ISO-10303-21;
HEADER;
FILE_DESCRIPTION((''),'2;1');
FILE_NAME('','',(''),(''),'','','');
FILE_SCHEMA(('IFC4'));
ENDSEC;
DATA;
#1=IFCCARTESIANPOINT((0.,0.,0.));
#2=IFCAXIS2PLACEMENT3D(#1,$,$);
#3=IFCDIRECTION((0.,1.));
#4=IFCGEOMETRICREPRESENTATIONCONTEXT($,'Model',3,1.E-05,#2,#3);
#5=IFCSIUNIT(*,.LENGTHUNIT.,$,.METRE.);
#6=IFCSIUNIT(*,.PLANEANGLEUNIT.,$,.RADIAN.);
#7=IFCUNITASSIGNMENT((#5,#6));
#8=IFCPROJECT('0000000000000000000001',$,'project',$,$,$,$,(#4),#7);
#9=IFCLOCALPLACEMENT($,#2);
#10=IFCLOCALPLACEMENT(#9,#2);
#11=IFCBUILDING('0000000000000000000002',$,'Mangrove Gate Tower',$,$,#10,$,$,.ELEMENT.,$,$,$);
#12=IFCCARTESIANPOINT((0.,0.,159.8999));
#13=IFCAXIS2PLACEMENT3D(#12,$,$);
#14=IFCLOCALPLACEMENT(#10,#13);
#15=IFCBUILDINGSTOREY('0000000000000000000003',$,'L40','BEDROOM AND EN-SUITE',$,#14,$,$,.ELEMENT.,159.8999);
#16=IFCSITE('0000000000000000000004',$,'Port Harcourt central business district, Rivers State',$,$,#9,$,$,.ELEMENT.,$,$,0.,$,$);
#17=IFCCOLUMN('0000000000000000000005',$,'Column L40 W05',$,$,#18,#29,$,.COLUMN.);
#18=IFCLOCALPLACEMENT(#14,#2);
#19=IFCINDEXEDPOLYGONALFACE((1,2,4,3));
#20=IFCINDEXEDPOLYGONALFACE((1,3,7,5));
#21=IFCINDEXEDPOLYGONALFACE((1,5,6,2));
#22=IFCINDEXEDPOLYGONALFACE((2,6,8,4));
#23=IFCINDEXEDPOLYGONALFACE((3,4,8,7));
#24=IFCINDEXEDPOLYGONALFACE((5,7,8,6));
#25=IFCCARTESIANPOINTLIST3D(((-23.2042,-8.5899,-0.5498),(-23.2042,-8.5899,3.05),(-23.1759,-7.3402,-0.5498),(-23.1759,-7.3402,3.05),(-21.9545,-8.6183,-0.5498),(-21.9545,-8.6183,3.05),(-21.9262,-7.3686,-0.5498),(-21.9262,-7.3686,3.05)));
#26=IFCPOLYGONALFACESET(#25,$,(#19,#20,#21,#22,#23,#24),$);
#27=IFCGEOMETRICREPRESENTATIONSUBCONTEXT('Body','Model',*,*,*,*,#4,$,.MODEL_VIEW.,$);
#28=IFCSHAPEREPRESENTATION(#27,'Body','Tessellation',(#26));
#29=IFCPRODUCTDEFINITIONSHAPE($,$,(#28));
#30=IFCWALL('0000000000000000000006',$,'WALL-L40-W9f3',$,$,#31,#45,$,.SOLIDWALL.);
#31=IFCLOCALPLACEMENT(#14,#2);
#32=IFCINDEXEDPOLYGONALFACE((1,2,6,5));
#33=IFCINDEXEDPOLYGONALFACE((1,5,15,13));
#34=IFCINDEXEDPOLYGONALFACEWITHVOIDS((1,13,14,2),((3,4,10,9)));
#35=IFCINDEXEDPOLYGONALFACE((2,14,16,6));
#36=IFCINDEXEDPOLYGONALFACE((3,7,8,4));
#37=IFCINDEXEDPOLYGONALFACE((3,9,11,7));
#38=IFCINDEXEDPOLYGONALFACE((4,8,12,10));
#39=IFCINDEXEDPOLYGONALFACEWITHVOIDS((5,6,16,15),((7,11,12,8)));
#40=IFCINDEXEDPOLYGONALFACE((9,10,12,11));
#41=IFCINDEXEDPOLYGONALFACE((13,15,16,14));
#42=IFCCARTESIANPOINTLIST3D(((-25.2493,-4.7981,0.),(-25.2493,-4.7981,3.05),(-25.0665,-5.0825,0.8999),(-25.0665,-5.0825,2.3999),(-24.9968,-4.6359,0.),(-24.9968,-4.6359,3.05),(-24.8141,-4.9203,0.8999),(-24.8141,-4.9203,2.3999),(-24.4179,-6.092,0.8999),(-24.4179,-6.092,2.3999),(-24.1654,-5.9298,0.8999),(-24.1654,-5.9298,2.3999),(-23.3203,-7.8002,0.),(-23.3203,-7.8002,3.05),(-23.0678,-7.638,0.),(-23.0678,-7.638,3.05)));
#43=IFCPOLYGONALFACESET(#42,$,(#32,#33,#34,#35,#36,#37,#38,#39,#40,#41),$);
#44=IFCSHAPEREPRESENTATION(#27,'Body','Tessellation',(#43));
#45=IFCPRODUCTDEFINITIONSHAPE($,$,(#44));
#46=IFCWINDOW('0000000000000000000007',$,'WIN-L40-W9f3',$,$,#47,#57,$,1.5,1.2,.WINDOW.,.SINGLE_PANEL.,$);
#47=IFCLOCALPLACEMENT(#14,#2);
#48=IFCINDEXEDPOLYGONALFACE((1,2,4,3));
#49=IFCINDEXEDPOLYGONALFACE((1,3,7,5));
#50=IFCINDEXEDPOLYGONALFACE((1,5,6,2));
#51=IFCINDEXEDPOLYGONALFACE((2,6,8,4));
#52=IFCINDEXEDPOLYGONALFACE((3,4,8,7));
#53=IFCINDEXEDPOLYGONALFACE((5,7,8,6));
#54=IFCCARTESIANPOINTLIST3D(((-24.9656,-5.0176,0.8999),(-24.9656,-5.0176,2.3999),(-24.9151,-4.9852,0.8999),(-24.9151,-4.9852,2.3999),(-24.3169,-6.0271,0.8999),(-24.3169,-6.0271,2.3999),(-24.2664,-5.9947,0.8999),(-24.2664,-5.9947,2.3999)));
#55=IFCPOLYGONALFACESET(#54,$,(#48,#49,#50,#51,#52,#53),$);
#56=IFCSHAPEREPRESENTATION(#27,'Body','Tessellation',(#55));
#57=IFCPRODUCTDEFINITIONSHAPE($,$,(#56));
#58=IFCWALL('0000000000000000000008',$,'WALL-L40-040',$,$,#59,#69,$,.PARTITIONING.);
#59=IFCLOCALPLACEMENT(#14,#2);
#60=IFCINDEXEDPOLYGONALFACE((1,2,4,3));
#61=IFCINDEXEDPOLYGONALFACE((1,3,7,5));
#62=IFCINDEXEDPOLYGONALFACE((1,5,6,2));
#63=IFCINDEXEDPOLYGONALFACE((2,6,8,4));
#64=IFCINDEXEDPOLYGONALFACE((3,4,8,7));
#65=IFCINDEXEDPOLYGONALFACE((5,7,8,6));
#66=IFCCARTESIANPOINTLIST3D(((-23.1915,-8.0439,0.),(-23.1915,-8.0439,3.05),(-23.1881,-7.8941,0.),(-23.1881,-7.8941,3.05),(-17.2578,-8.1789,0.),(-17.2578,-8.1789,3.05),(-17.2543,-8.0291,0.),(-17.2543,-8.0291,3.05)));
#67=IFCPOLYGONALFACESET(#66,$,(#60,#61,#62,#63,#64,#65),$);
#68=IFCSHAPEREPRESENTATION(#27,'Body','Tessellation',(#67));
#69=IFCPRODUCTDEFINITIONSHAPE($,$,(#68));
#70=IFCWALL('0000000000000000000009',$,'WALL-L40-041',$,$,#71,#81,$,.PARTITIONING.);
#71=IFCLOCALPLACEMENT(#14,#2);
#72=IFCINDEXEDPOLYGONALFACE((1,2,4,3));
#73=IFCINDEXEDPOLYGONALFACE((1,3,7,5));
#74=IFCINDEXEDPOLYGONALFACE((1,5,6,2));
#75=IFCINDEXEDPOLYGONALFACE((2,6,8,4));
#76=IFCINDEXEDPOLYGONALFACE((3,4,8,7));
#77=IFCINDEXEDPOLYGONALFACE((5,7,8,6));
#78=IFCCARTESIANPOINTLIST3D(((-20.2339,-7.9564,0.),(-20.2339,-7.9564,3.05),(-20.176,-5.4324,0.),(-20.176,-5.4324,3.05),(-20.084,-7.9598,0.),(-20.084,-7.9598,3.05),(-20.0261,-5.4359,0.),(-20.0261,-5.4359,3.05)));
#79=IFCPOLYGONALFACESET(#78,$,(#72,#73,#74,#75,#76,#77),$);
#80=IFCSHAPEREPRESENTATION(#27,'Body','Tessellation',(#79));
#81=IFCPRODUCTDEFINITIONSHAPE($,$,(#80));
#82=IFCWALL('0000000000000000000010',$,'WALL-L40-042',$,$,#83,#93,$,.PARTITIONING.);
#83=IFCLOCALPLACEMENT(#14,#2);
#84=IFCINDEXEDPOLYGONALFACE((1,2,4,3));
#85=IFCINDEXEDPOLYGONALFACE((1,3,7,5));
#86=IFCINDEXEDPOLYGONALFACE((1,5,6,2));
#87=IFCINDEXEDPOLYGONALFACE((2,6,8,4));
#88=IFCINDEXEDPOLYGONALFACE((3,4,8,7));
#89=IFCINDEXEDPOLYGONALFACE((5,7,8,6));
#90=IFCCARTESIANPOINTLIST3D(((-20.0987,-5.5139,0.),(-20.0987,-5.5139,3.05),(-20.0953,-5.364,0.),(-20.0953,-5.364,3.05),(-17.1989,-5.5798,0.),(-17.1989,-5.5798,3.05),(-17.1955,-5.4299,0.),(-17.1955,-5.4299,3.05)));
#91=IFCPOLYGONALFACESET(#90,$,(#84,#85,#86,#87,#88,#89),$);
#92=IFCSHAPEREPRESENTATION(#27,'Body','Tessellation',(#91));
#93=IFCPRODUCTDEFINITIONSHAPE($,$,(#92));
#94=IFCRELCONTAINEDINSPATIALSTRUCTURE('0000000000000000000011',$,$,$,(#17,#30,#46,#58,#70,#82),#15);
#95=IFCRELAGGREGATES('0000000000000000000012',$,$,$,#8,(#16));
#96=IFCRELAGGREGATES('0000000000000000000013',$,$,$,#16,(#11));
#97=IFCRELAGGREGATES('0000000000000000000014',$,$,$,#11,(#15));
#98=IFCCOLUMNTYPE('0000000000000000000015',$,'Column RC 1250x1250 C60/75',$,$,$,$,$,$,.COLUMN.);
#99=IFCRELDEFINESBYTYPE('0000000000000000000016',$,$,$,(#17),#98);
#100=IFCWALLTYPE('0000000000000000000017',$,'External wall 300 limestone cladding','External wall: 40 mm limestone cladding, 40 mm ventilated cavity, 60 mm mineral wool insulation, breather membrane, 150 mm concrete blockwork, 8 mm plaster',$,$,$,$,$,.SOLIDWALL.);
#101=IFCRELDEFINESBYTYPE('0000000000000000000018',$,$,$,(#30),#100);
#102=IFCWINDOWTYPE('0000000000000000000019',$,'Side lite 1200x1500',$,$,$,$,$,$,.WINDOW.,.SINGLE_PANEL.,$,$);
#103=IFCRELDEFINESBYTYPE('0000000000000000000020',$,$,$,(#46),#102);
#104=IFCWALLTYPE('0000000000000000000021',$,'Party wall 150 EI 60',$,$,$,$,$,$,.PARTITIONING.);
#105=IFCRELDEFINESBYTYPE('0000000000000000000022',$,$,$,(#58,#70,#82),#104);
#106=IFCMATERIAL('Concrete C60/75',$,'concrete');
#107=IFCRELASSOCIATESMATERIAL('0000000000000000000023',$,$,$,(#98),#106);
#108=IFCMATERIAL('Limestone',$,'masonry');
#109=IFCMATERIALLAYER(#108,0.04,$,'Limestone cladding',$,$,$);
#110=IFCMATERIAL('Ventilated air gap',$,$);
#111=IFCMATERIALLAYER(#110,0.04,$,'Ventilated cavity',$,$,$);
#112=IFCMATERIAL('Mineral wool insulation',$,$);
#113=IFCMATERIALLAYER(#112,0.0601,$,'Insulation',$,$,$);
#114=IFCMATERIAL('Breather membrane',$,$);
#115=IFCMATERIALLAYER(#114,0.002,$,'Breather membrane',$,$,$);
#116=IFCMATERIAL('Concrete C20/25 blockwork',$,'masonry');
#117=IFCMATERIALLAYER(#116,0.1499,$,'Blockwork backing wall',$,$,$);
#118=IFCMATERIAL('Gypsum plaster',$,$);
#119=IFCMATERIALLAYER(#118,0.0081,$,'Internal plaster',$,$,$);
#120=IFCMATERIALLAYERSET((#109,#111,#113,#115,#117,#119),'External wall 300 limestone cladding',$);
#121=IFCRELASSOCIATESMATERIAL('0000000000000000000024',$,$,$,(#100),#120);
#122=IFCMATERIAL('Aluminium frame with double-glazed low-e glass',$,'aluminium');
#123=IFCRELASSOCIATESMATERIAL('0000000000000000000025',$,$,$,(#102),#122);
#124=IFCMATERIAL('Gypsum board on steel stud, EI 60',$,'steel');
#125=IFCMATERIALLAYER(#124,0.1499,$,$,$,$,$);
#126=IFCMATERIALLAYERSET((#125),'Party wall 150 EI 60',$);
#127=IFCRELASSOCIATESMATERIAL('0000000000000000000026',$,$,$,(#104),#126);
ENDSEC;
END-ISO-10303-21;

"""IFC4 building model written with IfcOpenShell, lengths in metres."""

from ifc_helpers import new_model, si_unit, direction, frame, frame_2d, origin, origin_2d, place, context, subcontext, project, spatial, rectangle, extrude, material, layer, layer_set, material_profile, profile_set, type_object, element, fill, save


model = new_model("IFC4")

# Units and contexts
model_context = context("Model", 3, precision=1e-05, world=origin(), true_north=direction((0.0, 1.0)))
body_context = subcontext(model_context, "Body", "Model", "MODEL_VIEW")
ifc_project = project(units=[si_unit("LENGTHUNIT", "METRE"), si_unit("PLANEANGLEUNIT", "RADIAN")], contexts=[model_context])

# Site, building, storey
site_placement = place(None, origin())
site = spatial("IfcSite", under=ifc_project, at=site_placement, Name="Port Harcourt central business district, Rivers State", CompositionType="ELEMENT", RefElevation=0.0)
building_placement = place(site_placement, origin())
building = spatial("IfcBuilding", under=site, at=building_placement, Name="Mangrove Gate Tower", CompositionType="ELEMENT")
storey_placement = place(building_placement, frame((0.0, 0.0, 159.8999)))
storey = spatial("IfcBuildingStorey", under=building, at=storey_placement, Name="L40", Description="BEDROOM AND EN-SUITE", CompositionType="ELEMENT", Elevation=159.8999)

# Column
ifc_material_1 = material(Name="Concrete C60/75", Category="concrete")
ifc_material_profile = material_profile(ifc_material_1, rectangle(XDim=1.25, YDim=1.25, at=origin_2d()))
ifc_profile_set = profile_set([ifc_material_profile], Name="Concrete C60/75")
column_type = type_object("IfcColumnType", Name="Column RC 1250x1250 C60/75", PredefinedType="COLUMN", material=ifc_profile_set)
column_placement = place(storey_placement, frame((-22.5652, -7.9792, -0.5498), z_axis=(0.0, 0.0, 1.0), x_axis=(-0.022668, -0.999743, 0.0)))
element("IfcColumn", 1, at=column_placement, inside=storey, type_object=column_type, Name="Column L40 W05", PredefinedType="COLUMN", context=body_context, shape_type="SweptSolid", body=[
    extrude(rectangle(XDim=1.25, YDim=1.25, at=origin_2d()), origin(), (0.0, 0.0, 1.0), 3.5999),
])

# Wall, opening, window
ifc_material_2 = material(Name="Limestone", Category="masonry")
ifc_layer_1 = layer(ifc_material_2, 0.04, Name="Limestone cladding")
ifc_material_3 = material(Name="Ventilated air gap")
ifc_layer_2 = layer(ifc_material_3, 0.04, Name="Ventilated cavity")
ifc_material_4 = material(Name="Mineral wool insulation")
ifc_layer_3 = layer(ifc_material_4, 0.0601, Name="Insulation")
ifc_material_5 = material(Name="Breather membrane")
ifc_layer_4 = layer(ifc_material_5, 0.002, Name="Breather membrane")
ifc_material_6 = material(Name="Concrete C20/25 blockwork", Category="masonry")
ifc_layer_5 = layer(ifc_material_6, 0.1499, Name="Blockwork backing wall")
ifc_material_7 = material(Name="Gypsum plaster")
ifc_layer_6 = layer(ifc_material_7, 0.0081, Name="Internal plaster")
ifc_layer_set_1 = layer_set([ifc_layer_1, ifc_layer_2, ifc_layer_3, ifc_layer_4, ifc_layer_5, ifc_layer_6], Name="External wall 300 limestone cladding")
wall_type_1 = type_object("IfcWallType", Name="External wall 300 limestone cladding", Description="External wall: 40 mm limestone cladding, 40 mm ventilated cavity, 60 mm mineral wool insulation, breather membrane, 150 mm concrete blockwork, 8 mm plaster", PredefinedType="SOLIDWALL", material=ifc_layer_set_1)
wall_1_placement = place(storey_placement, frame((-25.123, -4.717, 0.0), z_axis=(0.0, 0.0, 1.0), x_axis=(0.540585, -0.84129, 0.0)))
wall_1 = element("IfcWall", 2, at=wall_1_placement, inside=storey, type_object=wall_type_1, Name="WALL-L40-W9f3", PredefinedType="SOLIDWALL", context=body_context, shape_type="SweptSolid", body=[
    extrude(rectangle(XDim=3.5684, YDim=0.3, at=frame_2d((1.7842, 0.0))), origin(), (0.0, 0.0, 1.0), 3.05),
])
opening_1_placement = place(wall_1_placement, frame((0.3379, 0.0, 0.8999)))
opening_1 = element("IfcOpeningElement", 3, at=opening_1_placement, cuts=wall_1, PredefinedType="OPENING", context=body_context, shape_type="SweptSolid", body=[
    extrude(rectangle(XDim=1.2, YDim=1.5, at=frame_2d((0.6001, 0.75))), frame((0.0, 0.1599, 0.0), z_axis=(0.0, -1.0, 0.0), x_axis=(1.0, 0.0, 0.0)), (0.0, 0.0, 1.0), 0.3201),
])
ifc_material_8 = material(Name="Aluminium frame with double-glazed low-e glass", Category="aluminium")
window_type = type_object("IfcWindowType", Name="Side lite 1200x1500", PartitioningType="SINGLE_PANEL", PredefinedType="WINDOW", material=ifc_material_8)
window_1_placement = place(opening_1_placement, origin())
window_1 = element("IfcWindow", 4, at=window_1_placement, inside=storey, type_object=window_type, Name="WIN-L40-W9f3", OverallHeight=1.5, OverallWidth=1.2, PartitioningType="SINGLE_PANEL", PredefinedType="WINDOW", context=body_context, shape_type="SweptSolid", body=[
    extrude(rectangle(XDim=1.2, YDim=1.5, at=frame_2d((0.6001, 0.75))), frame((0.0, 0.03, 0.0), z_axis=(0.0, -1.0, 0.0), x_axis=(1.0, 0.0, 0.0)), (0.0, 0.0, 1.0), 0.0601),
])
fill(opening_1, window_1)

# Walls
ifc_material_9 = material(Name="Gypsum board on steel stud, EI 60", Category="steel")
ifc_layer_7 = layer(ifc_material_9, 0.1499)
ifc_layer_set_2 = layer_set([ifc_layer_7], Name="Party wall 150 EI 60")
wall_type_2 = type_object("IfcWallType", Name="Party wall 150 EI 60", PredefinedType="PARTITIONING", material=ifc_layer_set_2)
wall_2_placement = place(storey_placement, frame((-23.1899, -7.969, 0.0), z_axis=(0.0, 0.0, 1.0), x_axis=(0.999741, -0.022747, 0.0)))
element("IfcWall", 5, at=wall_2_placement, inside=storey, type_object=wall_type_2, Name="WALL-L40-040", PredefinedType="PARTITIONING", context=body_context, shape_type="SweptSolid", body=[
    extrude(rectangle(XDim=5.9353, YDim=0.1499, at=frame_2d((2.9678, 0.0))), origin(), (0.0, 0.0, 1.0), 3.05),
])
wall_3_placement = place(storey_placement, frame((-20.1589, -7.958, 0.0), z_axis=(0.0, 0.0, 1.0), x_axis=(0.022919, 0.999737, 0.0)))
element("IfcWall", 6, at=wall_3_placement, inside=storey, type_object=wall_type_2, Name="WALL-L40-041", PredefinedType="PARTITIONING", context=body_context, shape_type="SweptSolid", body=[
    extrude(rectangle(XDim=2.5247, YDim=0.1499, at=frame_2d((1.2622, 0.0))), origin(), (0.0, 0.0, 1.0), 3.05),
])
wall_4_placement = place(storey_placement, frame((-20.0969, -5.439, 0.0), z_axis=(0.0, 0.0, 1.0), x_axis=(0.999742, -0.022725, 0.0)))
element("IfcWall", 7, at=wall_4_placement, inside=storey, type_object=wall_type_2, Name="WALL-L40-042", PredefinedType="PARTITIONING", context=body_context, shape_type="SweptSolid", body=[
    extrude(rectangle(XDim=2.9006, YDim=0.1499, at=frame_2d((1.4502, 0.0))), origin(), (0.0, 0.0, 1.0), 3.05),
])

save(model, "model.ifc")
